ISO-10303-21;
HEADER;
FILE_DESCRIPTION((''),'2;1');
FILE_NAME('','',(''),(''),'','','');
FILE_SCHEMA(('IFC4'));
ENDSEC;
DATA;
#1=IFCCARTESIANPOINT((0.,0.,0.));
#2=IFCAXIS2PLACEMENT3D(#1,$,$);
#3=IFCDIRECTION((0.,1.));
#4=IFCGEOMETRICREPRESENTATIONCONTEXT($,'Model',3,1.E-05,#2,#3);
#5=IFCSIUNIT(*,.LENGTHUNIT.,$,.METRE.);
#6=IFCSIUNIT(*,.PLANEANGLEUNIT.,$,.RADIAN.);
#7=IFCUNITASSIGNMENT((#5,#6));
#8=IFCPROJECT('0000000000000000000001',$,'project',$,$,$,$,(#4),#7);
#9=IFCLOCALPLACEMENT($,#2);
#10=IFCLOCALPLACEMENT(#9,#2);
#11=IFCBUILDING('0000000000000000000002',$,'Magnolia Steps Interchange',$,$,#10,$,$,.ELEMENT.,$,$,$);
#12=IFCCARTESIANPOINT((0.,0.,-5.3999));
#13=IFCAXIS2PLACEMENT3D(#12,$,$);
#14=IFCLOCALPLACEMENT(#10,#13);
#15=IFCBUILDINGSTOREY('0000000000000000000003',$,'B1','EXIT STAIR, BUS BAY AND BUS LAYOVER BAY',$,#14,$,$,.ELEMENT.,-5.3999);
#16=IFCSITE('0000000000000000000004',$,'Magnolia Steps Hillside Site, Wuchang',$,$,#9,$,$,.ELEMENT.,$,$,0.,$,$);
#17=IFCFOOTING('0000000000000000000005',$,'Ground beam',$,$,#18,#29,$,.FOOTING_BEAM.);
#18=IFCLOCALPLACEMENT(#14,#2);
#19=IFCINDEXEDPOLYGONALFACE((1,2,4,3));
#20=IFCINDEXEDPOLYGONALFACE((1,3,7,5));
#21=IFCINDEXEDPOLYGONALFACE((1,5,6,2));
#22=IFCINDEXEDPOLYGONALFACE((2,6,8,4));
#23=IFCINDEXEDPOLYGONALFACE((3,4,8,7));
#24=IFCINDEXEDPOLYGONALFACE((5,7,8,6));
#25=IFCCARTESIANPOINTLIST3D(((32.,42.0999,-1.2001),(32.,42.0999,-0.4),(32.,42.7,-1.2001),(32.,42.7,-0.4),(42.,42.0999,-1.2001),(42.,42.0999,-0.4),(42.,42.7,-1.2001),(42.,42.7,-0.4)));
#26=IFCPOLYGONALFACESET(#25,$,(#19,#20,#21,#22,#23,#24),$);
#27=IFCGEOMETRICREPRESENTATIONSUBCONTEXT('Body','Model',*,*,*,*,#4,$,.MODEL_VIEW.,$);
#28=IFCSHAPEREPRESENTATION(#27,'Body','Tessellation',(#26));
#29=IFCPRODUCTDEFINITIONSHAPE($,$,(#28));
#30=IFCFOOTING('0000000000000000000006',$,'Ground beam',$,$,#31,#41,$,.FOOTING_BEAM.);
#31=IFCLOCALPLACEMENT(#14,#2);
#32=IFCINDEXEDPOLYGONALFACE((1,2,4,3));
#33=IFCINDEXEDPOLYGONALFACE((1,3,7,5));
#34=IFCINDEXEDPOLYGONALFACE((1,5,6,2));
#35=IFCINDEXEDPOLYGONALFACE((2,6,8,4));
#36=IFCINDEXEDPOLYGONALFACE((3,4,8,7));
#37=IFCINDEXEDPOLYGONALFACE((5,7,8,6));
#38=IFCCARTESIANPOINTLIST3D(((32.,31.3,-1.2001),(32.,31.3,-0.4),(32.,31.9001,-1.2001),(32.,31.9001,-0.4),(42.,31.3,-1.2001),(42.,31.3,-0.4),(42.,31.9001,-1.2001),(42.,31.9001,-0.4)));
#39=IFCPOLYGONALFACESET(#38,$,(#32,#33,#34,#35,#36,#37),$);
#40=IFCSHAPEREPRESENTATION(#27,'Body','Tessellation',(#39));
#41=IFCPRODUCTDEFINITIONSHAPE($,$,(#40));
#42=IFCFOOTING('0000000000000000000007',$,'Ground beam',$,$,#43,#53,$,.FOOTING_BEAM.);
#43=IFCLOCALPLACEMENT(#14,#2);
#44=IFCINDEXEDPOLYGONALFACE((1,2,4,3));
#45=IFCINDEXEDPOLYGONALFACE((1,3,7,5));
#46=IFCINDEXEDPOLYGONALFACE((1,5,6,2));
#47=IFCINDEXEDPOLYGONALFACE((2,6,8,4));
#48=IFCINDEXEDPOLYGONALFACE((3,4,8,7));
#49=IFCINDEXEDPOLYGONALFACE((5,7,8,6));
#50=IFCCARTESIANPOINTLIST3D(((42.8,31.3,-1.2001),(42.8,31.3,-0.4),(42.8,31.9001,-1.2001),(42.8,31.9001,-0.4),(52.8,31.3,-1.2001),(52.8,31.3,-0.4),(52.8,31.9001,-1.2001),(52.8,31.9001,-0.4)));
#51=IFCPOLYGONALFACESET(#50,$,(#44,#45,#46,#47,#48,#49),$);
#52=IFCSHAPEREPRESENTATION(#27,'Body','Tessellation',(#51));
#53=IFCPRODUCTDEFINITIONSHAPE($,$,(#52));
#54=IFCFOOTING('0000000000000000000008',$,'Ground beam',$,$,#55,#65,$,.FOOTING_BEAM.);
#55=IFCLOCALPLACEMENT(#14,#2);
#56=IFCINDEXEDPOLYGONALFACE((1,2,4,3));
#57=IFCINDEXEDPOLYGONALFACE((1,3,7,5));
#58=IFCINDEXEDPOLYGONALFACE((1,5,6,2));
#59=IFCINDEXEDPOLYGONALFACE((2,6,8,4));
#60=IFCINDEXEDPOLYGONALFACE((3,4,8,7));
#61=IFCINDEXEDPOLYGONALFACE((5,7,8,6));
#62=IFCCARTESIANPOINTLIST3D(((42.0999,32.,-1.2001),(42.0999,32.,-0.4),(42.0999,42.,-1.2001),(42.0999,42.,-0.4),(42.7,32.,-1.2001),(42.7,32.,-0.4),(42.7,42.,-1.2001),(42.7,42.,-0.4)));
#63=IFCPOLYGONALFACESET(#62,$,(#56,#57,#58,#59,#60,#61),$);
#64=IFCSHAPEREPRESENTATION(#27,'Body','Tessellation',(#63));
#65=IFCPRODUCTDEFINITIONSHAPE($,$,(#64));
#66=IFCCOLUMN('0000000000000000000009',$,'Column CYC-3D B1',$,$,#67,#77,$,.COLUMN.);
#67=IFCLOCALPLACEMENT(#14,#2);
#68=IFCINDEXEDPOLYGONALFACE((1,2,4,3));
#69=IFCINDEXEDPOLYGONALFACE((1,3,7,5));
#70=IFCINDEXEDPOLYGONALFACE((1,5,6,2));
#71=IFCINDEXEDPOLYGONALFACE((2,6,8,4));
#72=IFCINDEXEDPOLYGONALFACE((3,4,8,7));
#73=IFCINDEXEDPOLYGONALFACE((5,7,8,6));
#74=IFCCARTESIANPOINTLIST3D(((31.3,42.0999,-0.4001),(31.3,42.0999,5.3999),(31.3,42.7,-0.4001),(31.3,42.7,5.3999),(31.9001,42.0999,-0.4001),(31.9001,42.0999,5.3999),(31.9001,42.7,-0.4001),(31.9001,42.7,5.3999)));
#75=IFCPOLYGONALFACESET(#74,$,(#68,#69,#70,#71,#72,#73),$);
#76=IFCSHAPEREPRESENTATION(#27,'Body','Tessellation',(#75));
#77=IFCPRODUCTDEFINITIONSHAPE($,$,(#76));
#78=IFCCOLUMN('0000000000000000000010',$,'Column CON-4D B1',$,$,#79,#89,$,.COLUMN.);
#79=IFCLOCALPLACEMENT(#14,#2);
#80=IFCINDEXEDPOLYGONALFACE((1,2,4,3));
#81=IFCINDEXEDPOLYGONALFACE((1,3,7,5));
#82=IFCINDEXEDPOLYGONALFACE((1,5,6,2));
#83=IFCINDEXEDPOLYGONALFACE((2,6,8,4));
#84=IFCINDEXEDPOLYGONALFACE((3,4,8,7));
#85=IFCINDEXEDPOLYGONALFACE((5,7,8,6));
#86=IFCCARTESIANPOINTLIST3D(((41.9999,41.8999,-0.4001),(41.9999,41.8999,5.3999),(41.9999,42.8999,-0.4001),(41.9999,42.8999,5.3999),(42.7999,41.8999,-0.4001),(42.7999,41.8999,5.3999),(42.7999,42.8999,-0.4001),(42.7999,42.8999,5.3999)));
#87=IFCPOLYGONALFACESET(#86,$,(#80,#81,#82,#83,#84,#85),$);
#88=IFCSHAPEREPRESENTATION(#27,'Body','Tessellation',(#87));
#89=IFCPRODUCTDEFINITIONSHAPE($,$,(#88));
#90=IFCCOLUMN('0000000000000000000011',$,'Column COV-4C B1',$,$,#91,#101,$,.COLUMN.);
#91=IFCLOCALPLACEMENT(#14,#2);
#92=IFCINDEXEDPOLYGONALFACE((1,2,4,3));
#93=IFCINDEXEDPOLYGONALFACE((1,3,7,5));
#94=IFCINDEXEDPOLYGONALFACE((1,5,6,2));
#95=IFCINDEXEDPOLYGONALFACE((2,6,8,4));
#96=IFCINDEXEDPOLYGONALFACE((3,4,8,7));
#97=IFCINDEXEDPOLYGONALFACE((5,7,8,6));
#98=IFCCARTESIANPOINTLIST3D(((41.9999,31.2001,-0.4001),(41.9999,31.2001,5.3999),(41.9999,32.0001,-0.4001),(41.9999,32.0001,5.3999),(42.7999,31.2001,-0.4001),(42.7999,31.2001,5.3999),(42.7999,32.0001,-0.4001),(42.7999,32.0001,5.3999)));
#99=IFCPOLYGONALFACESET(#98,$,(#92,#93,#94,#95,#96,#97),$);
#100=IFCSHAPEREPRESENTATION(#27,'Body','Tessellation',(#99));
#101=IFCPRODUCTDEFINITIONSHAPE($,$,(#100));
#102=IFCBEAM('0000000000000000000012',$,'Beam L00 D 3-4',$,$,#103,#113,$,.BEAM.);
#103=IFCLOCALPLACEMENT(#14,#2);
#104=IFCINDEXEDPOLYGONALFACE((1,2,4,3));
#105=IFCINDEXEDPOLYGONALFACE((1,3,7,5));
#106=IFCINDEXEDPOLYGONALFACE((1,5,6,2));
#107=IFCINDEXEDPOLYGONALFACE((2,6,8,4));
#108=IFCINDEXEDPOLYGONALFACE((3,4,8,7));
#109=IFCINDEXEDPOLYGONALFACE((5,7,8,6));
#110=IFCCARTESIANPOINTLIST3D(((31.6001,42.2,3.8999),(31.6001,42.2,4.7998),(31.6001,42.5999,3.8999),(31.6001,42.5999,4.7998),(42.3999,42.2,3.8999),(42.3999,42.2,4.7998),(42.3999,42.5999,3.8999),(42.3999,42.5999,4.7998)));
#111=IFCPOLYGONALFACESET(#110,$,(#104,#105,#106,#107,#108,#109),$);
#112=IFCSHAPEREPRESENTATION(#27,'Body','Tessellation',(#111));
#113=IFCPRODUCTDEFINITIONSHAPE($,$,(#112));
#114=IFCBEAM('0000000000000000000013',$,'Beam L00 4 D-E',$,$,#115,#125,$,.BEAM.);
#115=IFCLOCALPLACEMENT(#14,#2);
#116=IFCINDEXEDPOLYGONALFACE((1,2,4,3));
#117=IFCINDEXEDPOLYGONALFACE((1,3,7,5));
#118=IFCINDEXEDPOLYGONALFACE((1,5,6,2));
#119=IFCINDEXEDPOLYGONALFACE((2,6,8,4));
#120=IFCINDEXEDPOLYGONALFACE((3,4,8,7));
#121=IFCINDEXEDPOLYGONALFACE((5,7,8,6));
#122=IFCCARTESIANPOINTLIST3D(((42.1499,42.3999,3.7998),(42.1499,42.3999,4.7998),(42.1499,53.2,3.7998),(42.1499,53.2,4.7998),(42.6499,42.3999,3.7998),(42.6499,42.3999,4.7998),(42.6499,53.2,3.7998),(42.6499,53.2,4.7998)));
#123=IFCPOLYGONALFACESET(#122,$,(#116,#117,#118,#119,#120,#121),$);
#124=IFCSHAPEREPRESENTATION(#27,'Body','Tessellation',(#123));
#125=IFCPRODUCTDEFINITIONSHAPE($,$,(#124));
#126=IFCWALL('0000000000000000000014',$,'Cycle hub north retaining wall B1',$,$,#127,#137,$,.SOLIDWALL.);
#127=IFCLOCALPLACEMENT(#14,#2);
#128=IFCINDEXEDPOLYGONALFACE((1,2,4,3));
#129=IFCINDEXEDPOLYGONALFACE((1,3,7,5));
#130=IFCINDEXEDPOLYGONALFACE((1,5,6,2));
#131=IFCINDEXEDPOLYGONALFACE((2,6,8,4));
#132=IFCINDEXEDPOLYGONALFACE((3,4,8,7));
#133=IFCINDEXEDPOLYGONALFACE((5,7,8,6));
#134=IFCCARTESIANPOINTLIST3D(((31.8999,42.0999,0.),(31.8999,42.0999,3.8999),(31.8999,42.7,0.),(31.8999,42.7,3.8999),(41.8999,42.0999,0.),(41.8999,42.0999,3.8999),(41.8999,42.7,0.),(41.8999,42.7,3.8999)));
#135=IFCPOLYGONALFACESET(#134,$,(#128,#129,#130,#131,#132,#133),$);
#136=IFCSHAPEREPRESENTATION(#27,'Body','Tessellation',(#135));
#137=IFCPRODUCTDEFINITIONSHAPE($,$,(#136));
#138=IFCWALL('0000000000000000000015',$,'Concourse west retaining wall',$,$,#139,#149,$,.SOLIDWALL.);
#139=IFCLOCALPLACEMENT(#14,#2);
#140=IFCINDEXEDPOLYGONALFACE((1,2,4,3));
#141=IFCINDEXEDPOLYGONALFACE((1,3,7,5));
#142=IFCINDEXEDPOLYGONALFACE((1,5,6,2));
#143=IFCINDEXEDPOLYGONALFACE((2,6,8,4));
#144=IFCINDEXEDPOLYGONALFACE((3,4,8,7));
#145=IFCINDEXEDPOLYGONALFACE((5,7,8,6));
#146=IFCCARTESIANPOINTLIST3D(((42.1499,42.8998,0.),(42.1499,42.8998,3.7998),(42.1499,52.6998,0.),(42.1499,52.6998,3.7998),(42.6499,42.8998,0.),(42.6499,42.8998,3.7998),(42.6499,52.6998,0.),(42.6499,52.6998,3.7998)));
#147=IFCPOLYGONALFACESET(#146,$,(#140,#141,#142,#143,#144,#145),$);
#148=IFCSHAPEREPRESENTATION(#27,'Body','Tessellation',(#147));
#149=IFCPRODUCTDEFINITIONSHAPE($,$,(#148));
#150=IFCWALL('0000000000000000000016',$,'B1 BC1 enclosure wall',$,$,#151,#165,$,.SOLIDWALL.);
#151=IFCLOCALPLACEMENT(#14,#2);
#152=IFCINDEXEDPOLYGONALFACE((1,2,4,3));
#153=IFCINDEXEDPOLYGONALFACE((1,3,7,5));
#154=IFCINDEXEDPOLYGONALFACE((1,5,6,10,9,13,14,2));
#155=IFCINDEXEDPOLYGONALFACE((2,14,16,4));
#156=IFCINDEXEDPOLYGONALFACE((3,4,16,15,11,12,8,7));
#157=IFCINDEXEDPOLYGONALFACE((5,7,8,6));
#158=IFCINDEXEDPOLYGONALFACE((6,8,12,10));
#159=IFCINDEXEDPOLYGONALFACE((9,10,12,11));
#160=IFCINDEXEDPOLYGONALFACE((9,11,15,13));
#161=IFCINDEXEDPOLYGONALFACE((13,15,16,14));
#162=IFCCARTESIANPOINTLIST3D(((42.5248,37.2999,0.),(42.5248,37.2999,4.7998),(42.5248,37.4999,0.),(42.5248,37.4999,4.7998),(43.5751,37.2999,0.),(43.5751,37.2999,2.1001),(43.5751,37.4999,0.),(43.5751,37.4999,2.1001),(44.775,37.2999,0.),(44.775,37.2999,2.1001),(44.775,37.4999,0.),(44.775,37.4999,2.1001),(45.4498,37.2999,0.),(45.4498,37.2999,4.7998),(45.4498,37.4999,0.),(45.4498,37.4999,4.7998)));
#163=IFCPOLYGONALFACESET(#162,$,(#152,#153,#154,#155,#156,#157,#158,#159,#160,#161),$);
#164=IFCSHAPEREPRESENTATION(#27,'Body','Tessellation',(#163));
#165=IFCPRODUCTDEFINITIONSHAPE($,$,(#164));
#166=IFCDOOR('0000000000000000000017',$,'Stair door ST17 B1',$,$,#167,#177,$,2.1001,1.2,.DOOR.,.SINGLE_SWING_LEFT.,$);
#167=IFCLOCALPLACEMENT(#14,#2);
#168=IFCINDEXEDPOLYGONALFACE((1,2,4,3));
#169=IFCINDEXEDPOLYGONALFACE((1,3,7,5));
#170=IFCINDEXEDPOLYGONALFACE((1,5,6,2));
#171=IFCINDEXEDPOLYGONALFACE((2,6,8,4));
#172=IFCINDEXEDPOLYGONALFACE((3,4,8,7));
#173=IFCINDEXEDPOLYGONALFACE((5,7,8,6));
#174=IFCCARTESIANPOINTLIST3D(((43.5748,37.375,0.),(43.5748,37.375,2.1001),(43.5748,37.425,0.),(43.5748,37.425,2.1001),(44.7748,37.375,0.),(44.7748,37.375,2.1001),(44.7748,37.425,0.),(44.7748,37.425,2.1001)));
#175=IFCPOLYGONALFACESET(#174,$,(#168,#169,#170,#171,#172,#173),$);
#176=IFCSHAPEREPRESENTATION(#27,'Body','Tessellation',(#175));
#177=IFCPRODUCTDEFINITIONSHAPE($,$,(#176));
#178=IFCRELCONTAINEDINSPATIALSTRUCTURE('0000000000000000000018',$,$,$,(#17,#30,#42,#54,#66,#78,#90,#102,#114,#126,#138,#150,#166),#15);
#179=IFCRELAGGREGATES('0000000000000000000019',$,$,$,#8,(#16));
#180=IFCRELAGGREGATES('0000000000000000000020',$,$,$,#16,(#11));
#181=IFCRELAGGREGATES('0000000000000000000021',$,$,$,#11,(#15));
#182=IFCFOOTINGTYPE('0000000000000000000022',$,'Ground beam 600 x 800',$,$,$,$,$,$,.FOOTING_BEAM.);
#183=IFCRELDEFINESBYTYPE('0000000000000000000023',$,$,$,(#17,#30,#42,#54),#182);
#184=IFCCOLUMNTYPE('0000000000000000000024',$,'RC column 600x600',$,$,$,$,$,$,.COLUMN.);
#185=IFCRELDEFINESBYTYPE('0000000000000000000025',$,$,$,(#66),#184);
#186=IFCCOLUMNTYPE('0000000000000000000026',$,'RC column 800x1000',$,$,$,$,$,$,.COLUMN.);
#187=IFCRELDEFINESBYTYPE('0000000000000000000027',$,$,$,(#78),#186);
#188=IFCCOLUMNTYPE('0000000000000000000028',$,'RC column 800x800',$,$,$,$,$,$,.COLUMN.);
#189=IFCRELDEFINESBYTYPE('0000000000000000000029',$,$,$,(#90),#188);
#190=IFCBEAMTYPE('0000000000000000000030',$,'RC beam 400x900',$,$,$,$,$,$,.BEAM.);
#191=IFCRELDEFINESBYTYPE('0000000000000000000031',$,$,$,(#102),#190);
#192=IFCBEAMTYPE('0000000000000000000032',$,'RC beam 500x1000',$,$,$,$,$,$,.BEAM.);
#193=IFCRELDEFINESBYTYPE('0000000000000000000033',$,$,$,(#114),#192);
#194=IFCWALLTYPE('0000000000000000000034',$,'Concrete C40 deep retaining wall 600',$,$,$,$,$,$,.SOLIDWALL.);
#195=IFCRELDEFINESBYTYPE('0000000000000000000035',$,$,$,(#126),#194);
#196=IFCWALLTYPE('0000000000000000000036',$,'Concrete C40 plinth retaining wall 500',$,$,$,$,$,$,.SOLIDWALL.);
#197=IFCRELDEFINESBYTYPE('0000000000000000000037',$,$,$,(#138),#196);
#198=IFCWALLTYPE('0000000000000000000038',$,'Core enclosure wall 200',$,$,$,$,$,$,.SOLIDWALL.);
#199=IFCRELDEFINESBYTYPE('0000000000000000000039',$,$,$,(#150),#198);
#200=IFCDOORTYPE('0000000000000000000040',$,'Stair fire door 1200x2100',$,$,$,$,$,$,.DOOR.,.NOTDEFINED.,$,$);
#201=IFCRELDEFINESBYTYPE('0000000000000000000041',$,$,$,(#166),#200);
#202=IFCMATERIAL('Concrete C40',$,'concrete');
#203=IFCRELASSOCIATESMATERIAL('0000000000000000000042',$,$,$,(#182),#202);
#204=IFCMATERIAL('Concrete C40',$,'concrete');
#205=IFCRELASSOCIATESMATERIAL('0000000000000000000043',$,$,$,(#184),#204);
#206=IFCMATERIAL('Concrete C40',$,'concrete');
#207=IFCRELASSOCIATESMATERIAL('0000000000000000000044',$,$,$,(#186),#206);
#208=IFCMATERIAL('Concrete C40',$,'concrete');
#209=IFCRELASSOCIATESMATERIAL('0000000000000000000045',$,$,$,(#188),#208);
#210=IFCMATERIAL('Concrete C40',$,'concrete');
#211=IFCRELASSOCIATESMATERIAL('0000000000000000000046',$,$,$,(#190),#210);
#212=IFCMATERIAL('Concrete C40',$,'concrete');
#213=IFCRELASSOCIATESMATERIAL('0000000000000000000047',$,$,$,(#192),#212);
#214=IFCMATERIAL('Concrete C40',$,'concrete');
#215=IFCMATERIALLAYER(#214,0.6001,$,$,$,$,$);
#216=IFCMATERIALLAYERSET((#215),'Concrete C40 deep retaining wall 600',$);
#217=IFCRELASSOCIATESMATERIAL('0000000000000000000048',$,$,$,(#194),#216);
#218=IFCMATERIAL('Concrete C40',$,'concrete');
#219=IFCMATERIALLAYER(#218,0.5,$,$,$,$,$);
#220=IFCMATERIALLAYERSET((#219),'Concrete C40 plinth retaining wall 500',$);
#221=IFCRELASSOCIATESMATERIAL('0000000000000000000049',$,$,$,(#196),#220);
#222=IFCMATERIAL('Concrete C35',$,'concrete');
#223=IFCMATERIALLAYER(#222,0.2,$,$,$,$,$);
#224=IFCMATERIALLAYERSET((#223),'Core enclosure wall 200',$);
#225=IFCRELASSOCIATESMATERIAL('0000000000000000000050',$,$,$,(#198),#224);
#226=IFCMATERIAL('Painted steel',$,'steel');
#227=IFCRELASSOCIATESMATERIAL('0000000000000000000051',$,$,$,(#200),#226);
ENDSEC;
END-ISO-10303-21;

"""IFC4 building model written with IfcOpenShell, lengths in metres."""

from ifc_helpers import new_model, si_unit, direction, frame, frame_2d, origin, origin_2d, place, context, subcontext, project, spatial, rectangle, extrude, material, layer, layer_set, material_profile, profile_set, type_object, element, fill, save


model = new_model("IFC4")

# Units and contexts
model_context = context("Model", 3, precision=1e-05, world=origin(), true_north=direction((0.0, 1.0)))
body_context = subcontext(model_context, "Body", "Model", "MODEL_VIEW")
ifc_project = project(units=[si_unit("LENGTHUNIT", "METRE"), si_unit("PLANEANGLEUNIT", "RADIAN")], contexts=[model_context])

# Site, building, storey
site_placement = place(None, origin())
site = spatial("IfcSite", under=ifc_project, at=site_placement, Name="Magnolia Steps Hillside Site, Wuchang", CompositionType="ELEMENT", RefElevation=0.0)
building_placement = place(site_placement, origin())
building = spatial("IfcBuilding", under=site, at=building_placement, Name="Magnolia Steps Interchange", CompositionType="ELEMENT")
storey_placement = place(building_placement, frame((0.0, 0.0, -5.3999)))
storey = spatial("IfcBuildingStorey", under=building, at=storey_placement, Name="B1", Description="EXIT STAIR, BUS BAY AND BUS LAYOVER BAY", CompositionType="ELEMENT", Elevation=-5.3999)

# Footings
ifc_material_1 = material(Name="Concrete C40", Category="concrete")
ifc_material_profile_1 = material_profile(ifc_material_1, rectangle(XDim=0.6001, YDim=0.8, at=origin_2d()), Name="RC600x800")
ifc_profile_set_1 = profile_set([ifc_material_profile_1], Name="Concrete C40")
footing_type = type_object("IfcFootingType", Name="Ground beam 600 x 800", PredefinedType="FOOTING_BEAM", material=ifc_profile_set_1)
for number, where, z_axis, x_axis, name in (
    (1, (32.0, 42.3999, -0.8), (1.0, 0.0, 0.0), (0.0, 1.0, 0.0), "Ground beam"),
    (2, (32.0, 31.6001, -0.8), (1.0, 0.0, 0.0), (0.0, 1.0, 0.0), "Ground beam"),
    (3, (42.8, 31.6001, -0.8), (1.0, 0.0, 0.0), (0.0, 1.0, 0.0), "Ground beam"),
    (4, (42.3999, 32.0, -0.8), (0.0, 1.0, 0.0), (-1.0, 0.0, 0.0), "Ground beam"),
):
    element("IfcFooting", number, at=place(storey_placement, frame(where, z_axis=z_axis, x_axis=x_axis)), inside=storey, type_object=footing_type, Name=name, PredefinedType="FOOTING_BEAM", context=body_context, shape_type="SweptSolid", body=[
        extrude(rectangle(XDim=0.6001, YDim=0.8, at=origin_2d()), origin(), (0.0, 0.0, 1.0), 10.0),
    ])

# Columns
ifc_material_2 = material(Name="Concrete C40", Category="concrete")
ifc_material_profile_2 = material_profile(ifc_material_2, rectangle(XDim=0.6001, YDim=0.6001, at=origin_2d()), Name="RC600x600")
ifc_profile_set_2 = profile_set([ifc_material_profile_2], Name="Concrete C40")
column_type_1 = type_object("IfcColumnType", Name="RC column 600x600", PredefinedType="COLUMN", material=ifc_profile_set_2)
column_1_placement = place(storey_placement, frame((31.6001, 42.3999, -0.4001), z_axis=(0.0, 0.0, 1.0), x_axis=(1.0, 0.0, 0.0)))
element("IfcColumn", 5, at=column_1_placement, inside=storey, type_object=column_type_1, Name="Column CYC-3D B1", PredefinedType="COLUMN", context=body_context, shape_type="SweptSolid", body=[
    extrude(rectangle(XDim=0.6001, YDim=0.6001, at=origin_2d()), origin(), (0.0, 0.0, 1.0), 5.8),
])
ifc_material_3 = material(Name="Concrete C40", Category="concrete")
ifc_material_profile_3 = material_profile(ifc_material_3, rectangle(XDim=0.8, YDim=1.0, at=origin_2d()), Name="RC800x1000")
ifc_profile_set_3 = profile_set([ifc_material_profile_3], Name="Concrete C40")
column_type_2 = type_object("IfcColumnType", Name="RC column 800x1000", PredefinedType="COLUMN", material=ifc_profile_set_3)
column_2_placement = place(storey_placement, frame((42.3999, 42.3999, -0.4001), z_axis=(0.0, 0.0, 1.0), x_axis=(1.0, 0.0, 0.0)))
element("IfcColumn", 6, at=column_2_placement, inside=storey, type_object=column_type_2, Name="Column CON-4D B1", PredefinedType="COLUMN", context=body_context, shape_type="SweptSolid", body=[
    extrude(rectangle(XDim=0.8, YDim=1.0, at=origin_2d()), origin(), (0.0, 0.0, 1.0), 5.8),
])
ifc_material_4 = material(Name="Concrete C40", Category="concrete")
ifc_material_profile_4 = material_profile(ifc_material_4, rectangle(XDim=0.8, YDim=0.8, at=origin_2d()), Name="RC800x800")
ifc_profile_set_4 = profile_set([ifc_material_profile_4], Name="Concrete C40")
column_type_3 = type_object("IfcColumnType", Name="RC column 800x800", PredefinedType="COLUMN", material=ifc_profile_set_4)
column_3_placement = place(storey_placement, frame((42.3999, 31.6001, -0.4001), z_axis=(0.0, 0.0, 1.0), x_axis=(1.0, 0.0, 0.0)))
element("IfcColumn", 7, at=column_3_placement, inside=storey, type_object=column_type_3, Name="Column COV-4C B1", PredefinedType="COLUMN", context=body_context, shape_type="SweptSolid", body=[
    extrude(rectangle(XDim=0.8, YDim=0.8, at=origin_2d()), origin(), (0.0, 0.0, 1.0), 5.8),
])

# Beams
ifc_material_5 = material(Name="Concrete C40", Category="concrete")
ifc_material_profile_5 = material_profile(ifc_material_5, rectangle(XDim=0.3999, YDim=0.8999, at=origin_2d()), Name="RC400x900")
ifc_profile_set_5 = profile_set([ifc_material_profile_5], Name="Concrete C40")
beam_type_1 = type_object("IfcBeamType", Name="RC beam 400x900", PredefinedType="BEAM", material=ifc_profile_set_5)
beam_1_placement = place(storey_placement, frame((31.6001, 42.3999, 4.3499), z_axis=(1.0, 0.0, 0.0), x_axis=(0.0, 1.0, 0.0)))
element("IfcBeam", 8, at=beam_1_placement, inside=storey, type_object=beam_type_1, Name="Beam L00 D 3-4", PredefinedType="BEAM", context=body_context, shape_type="SweptSolid", body=[
    extrude(rectangle(XDim=0.3999, YDim=0.8999, at=origin_2d()), origin(), (0.0, 0.0, 1.0), 10.7998),
])
ifc_material_6 = material(Name="Concrete C40", Category="concrete")
ifc_material_profile_6 = material_profile(ifc_material_6, rectangle(XDim=0.5, YDim=1.0, at=origin_2d()), Name="RC500x1000")
ifc_profile_set_6 = profile_set([ifc_material_profile_6], Name="Concrete C40")
beam_type_2 = type_object("IfcBeamType", Name="RC beam 500x1000", PredefinedType="BEAM", material=ifc_profile_set_6)
beam_2_placement = place(storey_placement, frame((42.3999, 42.3999, 4.2998), z_axis=(0.0, 1.0, 0.0), x_axis=(-1.0, 0.0, 0.0)))
element("IfcBeam", 9, at=beam_2_placement, inside=storey, type_object=beam_type_2, Name="Beam L00 4 D-E", PredefinedType="BEAM", context=body_context, shape_type="SweptSolid", body=[
    extrude(rectangle(XDim=0.5, YDim=1.0, at=origin_2d()), origin(), (0.0, 0.0, 1.0), 10.8),
])

# Walls
ifc_material_7 = material(Name="Concrete C40", Category="concrete")
ifc_layer_1 = layer(ifc_material_7, 0.6001)
ifc_layer_set_1 = layer_set([ifc_layer_1], Name="Concrete C40 deep retaining wall 600")
wall_type_1 = type_object("IfcWallType", Name="Concrete C40 deep retaining wall 600", PredefinedType="SOLIDWALL", material=ifc_layer_set_1)
wall_1_placement = place(storey_placement, frame((31.8999, 42.3999, 0.0), z_axis=(0.0, 0.0, 1.0), x_axis=(1.0, 0.0, 0.0)))
element("IfcWall", 10, at=wall_1_placement, inside=storey, type_object=wall_type_1, Name="Cycle hub north retaining wall B1", PredefinedType="SOLIDWALL", context=body_context, shape_type="SweptSolid", body=[
    extrude(rectangle(XDim=10.0, YDim=0.6001, at=frame_2d((5.0, 0.0))), origin(), (0.0, 0.0, 1.0), 3.8999),
])
ifc_material_8 = material(Name="Concrete C40", Category="concrete")
ifc_layer_2 = layer(ifc_material_8, 0.5)
ifc_layer_set_2 = layer_set([ifc_layer_2], Name="Concrete C40 plinth retaining wall 500")
wall_type_2 = type_object("IfcWallType", Name="Concrete C40 plinth retaining wall 500", PredefinedType="SOLIDWALL", material=ifc_layer_set_2)
wall_2_placement = place(storey_placement, frame((42.3999, 42.8999, 0.0), z_axis=(0.0, 0.0, 1.0), x_axis=(0.0, 1.0, 0.0)))
element("IfcWall", 11, at=wall_2_placement, inside=storey, type_object=wall_type_2, Name="Concourse west retaining wall", PredefinedType="SOLIDWALL", context=body_context, shape_type="SweptSolid", body=[
    extrude(rectangle(XDim=9.8, YDim=0.5, at=frame_2d((4.8999, 0.0))), origin(), (0.0, 0.0, 1.0), 3.7998),
])

# Wall, opening, door
ifc_material_9 = material(Name="Concrete C35", Category="concrete")
ifc_layer_3 = layer(ifc_material_9, 0.2)
ifc_layer_set_3 = layer_set([ifc_layer_3], Name="Core enclosure wall 200")
wall_type_3 = type_object("IfcWallType", Name="Core enclosure wall 200", PredefinedType="SOLIDWALL", material=ifc_layer_set_3)
wall_3_placement = place(storey_placement, frame((42.5249, 37.3999, 0.0), z_axis=(0.0, 0.0, 1.0), x_axis=(1.0, 0.0, 0.0)))
wall_3 = element("IfcWall", 12, at=wall_3_placement, inside=storey, type_object=wall_type_3, Name="B1 BC1 enclosure wall", PredefinedType="SOLIDWALL", context=body_context, shape_type="SweptSolid", body=[
    extrude(rectangle(XDim=2.925, YDim=0.2, at=frame_2d((1.4624, 0.0))), origin(), (0.0, 0.0, 1.0), 4.7998),
])
opening_1_placement = place(wall_3_placement, frame((1.05, 0.0, 0.0)))
opening_1 = element("IfcOpeningElement", 13, at=opening_1_placement, cuts=wall_3, PredefinedType="OPENING", context=body_context, shape_type="SweptSolid", body=[
    extrude(rectangle(XDim=1.2, YDim=2.1001, at=frame_2d((0.6001, 1.05))), frame((0.0, 0.1099, 0.0), z_axis=(0.0, -1.0, 0.0), x_axis=(1.0, 0.0, 0.0)), (0.0, 0.0, 1.0), 0.22),
])
ifc_material_10 = material(Name="Painted steel", Category="steel")
door_type_1 = type_object("IfcDoorType", Name="Stair fire door 1200x2100", OperationType="NOTDEFINED", PredefinedType="DOOR", material=ifc_material_10)
door_1_placement = place(opening_1_placement, frame((1.2, 0.0, 0.0), z_axis=(0.0, 0.0, 1.0), x_axis=(-1.0, 0.0, 0.0)))
door_1 = element("IfcDoor", 14, at=door_1_placement, inside=storey, type_object=door_type_1, Name="Stair door ST17 B1", OperationType="SINGLE_SWING_LEFT", OverallHeight=2.1001, OverallWidth=1.2, PredefinedType="DOOR", context=body_context, shape_type="SweptSolid", body=[
    extrude(rectangle(XDim=1.2, YDim=2.1001, at=frame_2d((0.6001, 1.05))), frame((0.0, 0.0249, 0.0), z_axis=(0.0, -1.0, 0.0), x_axis=(1.0, 0.0, 0.0)), (0.0, 0.0, 1.0), 0.05),
])
fill(opening_1, door_1)

save(model, "model.ifc")
